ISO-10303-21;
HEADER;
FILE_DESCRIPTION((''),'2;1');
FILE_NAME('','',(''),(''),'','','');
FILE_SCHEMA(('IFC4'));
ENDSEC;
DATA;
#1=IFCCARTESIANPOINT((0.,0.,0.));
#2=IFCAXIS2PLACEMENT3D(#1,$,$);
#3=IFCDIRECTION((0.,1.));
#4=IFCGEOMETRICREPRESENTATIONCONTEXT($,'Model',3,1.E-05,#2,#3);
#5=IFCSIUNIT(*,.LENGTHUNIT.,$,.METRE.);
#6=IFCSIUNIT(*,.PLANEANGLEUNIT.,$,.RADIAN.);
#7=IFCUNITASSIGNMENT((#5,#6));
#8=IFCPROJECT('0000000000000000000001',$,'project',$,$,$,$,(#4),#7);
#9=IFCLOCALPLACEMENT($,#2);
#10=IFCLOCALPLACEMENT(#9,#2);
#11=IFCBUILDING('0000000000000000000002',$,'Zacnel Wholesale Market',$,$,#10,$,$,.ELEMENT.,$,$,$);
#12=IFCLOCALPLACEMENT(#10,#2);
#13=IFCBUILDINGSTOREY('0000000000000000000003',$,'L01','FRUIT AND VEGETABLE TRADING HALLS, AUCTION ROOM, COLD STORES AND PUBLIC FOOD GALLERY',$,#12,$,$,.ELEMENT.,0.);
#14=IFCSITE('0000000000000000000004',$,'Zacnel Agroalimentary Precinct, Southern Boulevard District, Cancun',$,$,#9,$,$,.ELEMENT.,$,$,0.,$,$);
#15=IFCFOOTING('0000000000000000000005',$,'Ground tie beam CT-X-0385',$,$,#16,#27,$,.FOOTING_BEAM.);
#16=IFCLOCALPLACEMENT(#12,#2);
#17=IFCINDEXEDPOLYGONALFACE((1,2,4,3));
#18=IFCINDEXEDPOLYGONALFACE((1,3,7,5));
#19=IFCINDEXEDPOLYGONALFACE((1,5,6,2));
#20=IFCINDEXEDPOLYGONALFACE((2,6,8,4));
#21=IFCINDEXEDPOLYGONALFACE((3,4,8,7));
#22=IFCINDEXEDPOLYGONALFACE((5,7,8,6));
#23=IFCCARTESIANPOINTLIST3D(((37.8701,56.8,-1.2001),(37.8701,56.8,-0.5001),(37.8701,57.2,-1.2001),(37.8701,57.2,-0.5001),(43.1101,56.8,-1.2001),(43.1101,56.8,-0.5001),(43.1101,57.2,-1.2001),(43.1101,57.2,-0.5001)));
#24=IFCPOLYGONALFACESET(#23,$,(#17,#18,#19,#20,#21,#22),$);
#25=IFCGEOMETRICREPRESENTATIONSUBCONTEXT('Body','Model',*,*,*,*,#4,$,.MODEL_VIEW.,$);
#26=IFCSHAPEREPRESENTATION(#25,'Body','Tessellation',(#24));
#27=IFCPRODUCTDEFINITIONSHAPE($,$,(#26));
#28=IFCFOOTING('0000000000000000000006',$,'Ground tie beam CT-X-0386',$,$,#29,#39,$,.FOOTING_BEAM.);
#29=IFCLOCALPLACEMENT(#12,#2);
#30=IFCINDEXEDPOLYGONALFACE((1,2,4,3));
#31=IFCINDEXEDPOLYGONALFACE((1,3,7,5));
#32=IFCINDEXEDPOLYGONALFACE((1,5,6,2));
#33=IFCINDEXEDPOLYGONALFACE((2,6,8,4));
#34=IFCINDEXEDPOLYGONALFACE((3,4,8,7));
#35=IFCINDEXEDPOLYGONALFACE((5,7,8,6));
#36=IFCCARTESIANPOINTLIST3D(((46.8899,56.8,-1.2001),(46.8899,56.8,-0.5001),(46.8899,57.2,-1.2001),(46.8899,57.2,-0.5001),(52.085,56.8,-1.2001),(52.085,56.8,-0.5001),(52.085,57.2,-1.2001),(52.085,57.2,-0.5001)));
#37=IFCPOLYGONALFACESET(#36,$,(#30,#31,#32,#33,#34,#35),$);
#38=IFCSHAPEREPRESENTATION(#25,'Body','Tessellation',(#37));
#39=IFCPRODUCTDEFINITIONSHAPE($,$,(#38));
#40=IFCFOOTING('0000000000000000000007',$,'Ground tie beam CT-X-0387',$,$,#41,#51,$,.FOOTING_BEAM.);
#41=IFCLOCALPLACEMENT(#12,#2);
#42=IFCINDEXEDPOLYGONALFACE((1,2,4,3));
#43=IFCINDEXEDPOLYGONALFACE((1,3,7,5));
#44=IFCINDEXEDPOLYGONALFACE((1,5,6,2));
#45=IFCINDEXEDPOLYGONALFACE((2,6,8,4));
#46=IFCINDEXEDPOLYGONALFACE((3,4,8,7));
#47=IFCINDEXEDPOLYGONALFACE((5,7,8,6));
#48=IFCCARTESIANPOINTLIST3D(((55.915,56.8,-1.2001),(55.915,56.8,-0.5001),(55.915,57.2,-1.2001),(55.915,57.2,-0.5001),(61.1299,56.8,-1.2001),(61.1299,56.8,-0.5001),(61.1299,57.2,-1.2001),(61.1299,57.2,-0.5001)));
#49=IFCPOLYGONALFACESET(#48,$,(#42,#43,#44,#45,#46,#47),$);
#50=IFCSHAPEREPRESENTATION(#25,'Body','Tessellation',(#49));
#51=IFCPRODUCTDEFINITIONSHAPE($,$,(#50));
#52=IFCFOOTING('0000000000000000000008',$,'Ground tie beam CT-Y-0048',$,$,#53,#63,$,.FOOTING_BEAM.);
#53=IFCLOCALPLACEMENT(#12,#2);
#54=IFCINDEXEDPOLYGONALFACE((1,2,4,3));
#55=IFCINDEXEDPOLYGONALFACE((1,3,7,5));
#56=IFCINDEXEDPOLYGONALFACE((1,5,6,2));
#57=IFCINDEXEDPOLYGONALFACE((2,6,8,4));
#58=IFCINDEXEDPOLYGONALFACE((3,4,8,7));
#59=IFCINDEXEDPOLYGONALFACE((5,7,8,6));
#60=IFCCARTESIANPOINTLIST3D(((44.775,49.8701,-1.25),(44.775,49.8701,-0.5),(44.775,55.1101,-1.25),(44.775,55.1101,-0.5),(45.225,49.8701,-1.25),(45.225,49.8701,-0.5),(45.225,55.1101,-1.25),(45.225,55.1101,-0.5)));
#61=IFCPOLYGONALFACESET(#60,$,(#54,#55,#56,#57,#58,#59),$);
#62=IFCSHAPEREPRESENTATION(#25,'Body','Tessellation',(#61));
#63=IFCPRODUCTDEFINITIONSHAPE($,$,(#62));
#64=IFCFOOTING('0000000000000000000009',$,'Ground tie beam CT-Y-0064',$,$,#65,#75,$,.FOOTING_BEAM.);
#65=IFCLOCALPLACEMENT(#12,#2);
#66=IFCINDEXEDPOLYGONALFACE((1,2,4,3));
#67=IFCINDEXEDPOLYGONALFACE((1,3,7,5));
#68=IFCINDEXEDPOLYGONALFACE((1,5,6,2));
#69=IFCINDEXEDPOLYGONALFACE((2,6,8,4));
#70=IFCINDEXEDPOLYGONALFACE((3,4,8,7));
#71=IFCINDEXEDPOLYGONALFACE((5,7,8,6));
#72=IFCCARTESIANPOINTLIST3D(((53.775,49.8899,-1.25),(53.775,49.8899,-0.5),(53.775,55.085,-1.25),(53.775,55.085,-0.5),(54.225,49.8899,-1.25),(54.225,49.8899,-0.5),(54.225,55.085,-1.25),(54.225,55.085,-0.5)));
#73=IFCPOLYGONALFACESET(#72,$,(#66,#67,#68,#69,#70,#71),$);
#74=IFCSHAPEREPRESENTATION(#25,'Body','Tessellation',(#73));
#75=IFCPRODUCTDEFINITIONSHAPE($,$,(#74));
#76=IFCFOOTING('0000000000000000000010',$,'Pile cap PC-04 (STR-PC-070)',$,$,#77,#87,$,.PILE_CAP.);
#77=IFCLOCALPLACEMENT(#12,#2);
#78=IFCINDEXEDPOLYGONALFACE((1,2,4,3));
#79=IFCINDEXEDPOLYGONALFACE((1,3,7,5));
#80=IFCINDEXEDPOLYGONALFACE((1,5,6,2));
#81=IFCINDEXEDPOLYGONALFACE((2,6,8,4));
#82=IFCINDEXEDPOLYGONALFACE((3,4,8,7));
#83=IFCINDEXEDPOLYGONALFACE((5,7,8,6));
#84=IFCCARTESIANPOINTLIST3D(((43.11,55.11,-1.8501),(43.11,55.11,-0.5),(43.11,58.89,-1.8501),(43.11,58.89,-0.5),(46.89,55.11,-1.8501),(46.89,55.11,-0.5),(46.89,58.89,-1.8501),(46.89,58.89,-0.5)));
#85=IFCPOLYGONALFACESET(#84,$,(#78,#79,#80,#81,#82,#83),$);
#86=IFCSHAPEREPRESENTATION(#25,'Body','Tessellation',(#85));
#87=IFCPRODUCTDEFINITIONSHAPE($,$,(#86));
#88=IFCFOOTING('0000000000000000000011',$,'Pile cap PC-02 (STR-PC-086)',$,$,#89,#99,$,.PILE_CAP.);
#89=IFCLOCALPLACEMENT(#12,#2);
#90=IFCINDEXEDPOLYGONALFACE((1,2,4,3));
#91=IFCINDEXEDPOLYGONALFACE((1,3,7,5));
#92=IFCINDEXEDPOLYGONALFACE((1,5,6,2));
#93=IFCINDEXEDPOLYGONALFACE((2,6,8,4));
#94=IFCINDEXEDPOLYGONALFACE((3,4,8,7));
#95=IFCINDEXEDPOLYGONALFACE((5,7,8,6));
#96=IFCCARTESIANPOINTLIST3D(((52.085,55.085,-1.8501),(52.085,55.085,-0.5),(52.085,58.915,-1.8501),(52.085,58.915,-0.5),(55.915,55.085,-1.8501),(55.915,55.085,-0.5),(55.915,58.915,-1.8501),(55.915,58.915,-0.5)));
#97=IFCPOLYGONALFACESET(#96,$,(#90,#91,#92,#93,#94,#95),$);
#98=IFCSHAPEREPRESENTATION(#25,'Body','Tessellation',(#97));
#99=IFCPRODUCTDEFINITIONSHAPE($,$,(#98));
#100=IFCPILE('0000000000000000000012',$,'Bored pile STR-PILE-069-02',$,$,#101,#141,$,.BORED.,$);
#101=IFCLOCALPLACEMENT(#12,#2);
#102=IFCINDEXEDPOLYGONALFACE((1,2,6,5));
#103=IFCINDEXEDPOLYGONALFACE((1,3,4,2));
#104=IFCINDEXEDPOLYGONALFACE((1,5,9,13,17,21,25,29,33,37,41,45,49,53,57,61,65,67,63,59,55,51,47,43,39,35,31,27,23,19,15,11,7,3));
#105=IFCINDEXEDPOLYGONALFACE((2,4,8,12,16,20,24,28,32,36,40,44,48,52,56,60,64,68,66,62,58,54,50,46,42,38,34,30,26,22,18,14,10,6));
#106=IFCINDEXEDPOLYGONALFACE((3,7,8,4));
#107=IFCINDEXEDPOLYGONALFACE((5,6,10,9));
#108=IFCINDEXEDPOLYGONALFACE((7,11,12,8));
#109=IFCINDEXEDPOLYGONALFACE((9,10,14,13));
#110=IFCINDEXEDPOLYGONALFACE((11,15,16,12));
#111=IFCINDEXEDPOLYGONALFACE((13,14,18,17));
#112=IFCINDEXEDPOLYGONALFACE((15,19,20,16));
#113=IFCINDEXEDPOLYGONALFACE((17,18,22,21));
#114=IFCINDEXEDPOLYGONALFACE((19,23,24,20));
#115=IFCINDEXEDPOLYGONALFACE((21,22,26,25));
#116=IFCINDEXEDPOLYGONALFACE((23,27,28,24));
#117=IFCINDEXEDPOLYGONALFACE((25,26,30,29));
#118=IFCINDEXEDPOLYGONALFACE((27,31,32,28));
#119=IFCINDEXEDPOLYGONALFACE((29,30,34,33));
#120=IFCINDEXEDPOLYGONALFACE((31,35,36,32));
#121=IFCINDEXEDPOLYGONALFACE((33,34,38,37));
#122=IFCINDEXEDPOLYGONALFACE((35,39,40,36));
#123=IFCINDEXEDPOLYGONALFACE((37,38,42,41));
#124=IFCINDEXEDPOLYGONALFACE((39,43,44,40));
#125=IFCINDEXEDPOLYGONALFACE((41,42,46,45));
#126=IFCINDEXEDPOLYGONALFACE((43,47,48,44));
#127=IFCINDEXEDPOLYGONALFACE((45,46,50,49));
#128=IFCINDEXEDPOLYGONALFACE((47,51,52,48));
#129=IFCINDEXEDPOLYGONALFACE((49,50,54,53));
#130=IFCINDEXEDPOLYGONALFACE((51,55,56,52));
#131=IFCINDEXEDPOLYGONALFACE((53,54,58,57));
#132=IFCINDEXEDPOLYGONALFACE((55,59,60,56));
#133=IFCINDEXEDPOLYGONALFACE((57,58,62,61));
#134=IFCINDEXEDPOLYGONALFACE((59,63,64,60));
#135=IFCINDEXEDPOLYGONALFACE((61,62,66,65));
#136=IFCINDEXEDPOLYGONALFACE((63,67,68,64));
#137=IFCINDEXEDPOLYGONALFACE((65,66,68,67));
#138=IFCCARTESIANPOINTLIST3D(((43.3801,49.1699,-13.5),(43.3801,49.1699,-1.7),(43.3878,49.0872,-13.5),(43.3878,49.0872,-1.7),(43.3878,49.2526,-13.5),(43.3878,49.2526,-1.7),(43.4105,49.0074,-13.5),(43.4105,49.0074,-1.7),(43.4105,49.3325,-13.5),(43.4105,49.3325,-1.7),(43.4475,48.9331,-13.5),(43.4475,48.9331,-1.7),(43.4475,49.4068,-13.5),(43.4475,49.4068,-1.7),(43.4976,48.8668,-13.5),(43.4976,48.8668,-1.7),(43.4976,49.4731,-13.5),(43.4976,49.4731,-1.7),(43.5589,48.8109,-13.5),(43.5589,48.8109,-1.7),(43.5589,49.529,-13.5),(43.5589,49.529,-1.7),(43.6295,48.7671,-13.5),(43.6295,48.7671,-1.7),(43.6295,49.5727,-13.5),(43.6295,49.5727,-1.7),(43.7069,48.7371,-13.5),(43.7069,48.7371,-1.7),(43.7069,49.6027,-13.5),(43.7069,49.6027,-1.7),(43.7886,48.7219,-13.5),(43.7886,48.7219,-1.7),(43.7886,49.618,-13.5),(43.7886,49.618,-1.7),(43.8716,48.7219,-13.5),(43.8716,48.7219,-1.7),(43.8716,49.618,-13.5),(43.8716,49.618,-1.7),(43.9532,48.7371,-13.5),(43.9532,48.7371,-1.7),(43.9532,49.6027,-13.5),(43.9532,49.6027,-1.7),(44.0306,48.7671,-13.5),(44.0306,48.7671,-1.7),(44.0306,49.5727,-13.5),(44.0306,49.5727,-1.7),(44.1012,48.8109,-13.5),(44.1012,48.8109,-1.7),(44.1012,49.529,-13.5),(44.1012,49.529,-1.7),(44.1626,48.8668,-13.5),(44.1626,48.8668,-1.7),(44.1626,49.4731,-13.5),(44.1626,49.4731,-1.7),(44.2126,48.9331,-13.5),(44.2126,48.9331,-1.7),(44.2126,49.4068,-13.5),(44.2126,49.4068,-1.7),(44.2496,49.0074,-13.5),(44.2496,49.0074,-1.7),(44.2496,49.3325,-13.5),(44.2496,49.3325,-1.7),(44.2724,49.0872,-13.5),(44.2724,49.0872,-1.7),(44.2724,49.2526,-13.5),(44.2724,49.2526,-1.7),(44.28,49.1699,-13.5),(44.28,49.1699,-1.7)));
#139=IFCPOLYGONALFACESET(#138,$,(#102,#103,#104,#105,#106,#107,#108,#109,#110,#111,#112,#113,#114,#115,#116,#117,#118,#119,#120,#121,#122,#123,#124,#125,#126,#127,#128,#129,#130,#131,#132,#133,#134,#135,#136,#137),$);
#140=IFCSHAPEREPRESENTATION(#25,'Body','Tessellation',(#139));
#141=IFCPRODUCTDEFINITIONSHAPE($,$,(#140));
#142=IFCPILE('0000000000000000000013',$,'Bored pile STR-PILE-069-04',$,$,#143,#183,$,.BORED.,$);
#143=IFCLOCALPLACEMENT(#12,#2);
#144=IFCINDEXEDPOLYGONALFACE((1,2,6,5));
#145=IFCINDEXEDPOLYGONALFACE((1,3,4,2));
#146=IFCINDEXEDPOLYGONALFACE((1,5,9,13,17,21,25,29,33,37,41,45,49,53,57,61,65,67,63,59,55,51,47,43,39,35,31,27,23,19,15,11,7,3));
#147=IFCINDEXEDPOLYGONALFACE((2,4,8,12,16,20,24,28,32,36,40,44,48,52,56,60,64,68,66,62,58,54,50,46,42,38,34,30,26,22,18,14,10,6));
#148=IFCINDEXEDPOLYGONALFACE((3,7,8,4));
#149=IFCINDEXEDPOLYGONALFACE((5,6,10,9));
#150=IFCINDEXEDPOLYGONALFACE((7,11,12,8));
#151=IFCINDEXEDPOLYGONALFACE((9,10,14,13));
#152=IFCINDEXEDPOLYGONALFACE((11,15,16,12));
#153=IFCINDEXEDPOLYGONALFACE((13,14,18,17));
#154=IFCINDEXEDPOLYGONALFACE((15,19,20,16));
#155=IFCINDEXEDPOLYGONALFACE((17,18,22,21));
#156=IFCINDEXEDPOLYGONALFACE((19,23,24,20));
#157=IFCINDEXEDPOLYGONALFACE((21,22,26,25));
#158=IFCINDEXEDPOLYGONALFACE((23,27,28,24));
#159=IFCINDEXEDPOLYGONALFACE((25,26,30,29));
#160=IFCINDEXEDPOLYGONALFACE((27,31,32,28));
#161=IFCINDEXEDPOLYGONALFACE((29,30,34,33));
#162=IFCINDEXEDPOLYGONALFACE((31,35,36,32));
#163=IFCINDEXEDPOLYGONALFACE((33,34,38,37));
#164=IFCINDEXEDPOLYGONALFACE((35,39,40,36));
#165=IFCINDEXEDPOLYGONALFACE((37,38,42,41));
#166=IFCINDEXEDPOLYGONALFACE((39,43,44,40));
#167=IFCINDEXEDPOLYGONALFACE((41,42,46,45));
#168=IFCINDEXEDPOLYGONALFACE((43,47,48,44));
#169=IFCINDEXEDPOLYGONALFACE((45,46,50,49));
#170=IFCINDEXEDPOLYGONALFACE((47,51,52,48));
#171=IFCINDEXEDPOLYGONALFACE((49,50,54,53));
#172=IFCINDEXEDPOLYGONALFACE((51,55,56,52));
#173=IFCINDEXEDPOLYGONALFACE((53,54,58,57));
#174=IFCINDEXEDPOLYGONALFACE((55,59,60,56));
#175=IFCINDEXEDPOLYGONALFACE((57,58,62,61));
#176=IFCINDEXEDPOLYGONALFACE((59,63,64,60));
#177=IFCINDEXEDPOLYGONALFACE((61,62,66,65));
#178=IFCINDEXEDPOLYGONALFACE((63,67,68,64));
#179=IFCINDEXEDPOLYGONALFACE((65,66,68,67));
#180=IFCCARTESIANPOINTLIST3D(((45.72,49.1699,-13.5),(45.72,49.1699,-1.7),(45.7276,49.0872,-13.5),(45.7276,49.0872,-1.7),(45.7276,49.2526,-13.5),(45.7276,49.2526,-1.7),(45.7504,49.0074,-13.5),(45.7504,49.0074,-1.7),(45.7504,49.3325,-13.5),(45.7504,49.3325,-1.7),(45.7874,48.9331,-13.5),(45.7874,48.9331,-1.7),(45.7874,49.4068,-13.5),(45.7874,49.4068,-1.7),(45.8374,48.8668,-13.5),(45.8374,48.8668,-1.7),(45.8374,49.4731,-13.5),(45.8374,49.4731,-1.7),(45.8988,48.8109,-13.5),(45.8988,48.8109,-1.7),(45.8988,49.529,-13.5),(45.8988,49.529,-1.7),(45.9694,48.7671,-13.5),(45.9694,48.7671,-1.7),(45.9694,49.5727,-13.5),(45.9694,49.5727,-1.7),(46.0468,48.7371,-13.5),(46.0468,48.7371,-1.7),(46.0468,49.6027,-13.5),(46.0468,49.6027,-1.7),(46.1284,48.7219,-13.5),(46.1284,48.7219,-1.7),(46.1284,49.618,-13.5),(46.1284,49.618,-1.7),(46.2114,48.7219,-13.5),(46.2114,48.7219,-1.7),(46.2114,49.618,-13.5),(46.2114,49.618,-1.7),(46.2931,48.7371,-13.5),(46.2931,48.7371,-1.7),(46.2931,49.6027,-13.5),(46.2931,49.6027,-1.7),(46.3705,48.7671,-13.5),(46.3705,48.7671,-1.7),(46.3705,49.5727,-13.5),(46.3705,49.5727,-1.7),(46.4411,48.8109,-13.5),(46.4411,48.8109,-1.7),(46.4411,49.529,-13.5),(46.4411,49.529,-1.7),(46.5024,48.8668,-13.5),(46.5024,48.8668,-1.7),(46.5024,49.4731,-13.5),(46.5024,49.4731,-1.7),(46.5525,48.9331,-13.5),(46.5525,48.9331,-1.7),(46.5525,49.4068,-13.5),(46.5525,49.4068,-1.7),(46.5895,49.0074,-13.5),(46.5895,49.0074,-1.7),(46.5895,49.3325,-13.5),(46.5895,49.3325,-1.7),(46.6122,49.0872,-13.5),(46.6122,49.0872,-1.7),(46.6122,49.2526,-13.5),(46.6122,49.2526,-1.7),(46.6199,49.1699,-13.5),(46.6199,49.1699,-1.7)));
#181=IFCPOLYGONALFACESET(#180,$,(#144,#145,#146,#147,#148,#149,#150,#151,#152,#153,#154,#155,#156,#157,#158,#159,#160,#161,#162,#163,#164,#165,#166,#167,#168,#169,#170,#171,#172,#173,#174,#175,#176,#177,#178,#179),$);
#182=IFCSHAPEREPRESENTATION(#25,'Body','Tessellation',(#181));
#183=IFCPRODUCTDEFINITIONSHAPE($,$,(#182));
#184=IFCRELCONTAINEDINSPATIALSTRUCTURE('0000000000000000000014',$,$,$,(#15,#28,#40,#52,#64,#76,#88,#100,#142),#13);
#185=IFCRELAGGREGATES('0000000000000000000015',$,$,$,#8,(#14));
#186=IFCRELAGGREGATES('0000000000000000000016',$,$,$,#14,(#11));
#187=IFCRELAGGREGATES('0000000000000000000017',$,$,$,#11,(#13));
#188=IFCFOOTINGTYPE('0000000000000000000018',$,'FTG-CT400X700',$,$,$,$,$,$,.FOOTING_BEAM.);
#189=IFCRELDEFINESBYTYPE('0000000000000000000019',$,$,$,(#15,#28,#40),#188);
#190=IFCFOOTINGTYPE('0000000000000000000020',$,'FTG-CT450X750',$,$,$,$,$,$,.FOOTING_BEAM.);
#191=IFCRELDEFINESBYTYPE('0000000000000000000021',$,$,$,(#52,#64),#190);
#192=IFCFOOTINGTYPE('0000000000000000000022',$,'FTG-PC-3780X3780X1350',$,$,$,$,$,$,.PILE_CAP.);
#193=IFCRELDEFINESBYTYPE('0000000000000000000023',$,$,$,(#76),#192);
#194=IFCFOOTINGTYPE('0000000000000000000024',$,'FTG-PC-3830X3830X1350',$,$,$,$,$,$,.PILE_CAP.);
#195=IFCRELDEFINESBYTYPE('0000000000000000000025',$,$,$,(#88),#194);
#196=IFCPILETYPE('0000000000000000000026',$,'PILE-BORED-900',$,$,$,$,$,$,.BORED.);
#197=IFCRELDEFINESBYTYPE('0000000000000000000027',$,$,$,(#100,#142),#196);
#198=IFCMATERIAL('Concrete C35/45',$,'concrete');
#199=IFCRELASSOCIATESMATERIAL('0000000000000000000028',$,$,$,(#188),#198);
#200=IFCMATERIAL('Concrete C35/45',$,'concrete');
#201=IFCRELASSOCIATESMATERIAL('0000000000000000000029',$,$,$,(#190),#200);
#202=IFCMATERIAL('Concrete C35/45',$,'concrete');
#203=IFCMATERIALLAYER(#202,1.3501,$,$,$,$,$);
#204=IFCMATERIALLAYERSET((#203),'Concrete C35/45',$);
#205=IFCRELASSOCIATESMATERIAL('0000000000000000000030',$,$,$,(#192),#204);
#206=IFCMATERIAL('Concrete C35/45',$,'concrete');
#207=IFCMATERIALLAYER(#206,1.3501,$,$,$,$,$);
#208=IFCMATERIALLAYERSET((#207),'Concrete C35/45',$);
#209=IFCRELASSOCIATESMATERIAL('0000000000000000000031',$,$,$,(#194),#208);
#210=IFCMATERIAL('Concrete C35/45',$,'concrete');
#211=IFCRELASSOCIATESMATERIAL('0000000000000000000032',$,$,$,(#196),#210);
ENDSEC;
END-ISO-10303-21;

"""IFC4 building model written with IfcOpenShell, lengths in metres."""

from ifc_helpers import new_model, si_unit, direction, frame, origin, origin_2d, place, context, subcontext, project, spatial, rectangle, circle, extrude, material, layer, layer_set, material_profile, profile_set, type_object, element, save


model = new_model("IFC4")

# Units and contexts
model_context = context("Model", 3, precision=1e-05, world=origin(), true_north=direction((0.0, 1.0)))
body_context = subcontext(model_context, "Body", "Model", "MODEL_VIEW")
ifc_project = project(units=[si_unit("LENGTHUNIT", "METRE"), si_unit("PLANEANGLEUNIT", "RADIAN")], contexts=[model_context])

# Site, building, storey
site_placement = place(None, origin())
site = spatial("IfcSite", under=ifc_project, at=site_placement, Name="Zacnel Agroalimentary Precinct, Southern Boulevard District, Cancun", CompositionType="ELEMENT", RefElevation=0.0)
building_placement = place(site_placement, origin())
building = spatial("IfcBuilding", under=site, at=building_placement, Name="Zacnel Wholesale Market", CompositionType="ELEMENT")
storey_placement = place(building_placement, origin())
storey = spatial("IfcBuildingStorey", under=building, at=storey_placement, Name="L01", Description="FRUIT AND VEGETABLE TRADING HALLS, AUCTION ROOM, COLD STORES AND PUBLIC FOOD GALLERY", CompositionType="ELEMENT", Elevation=0.0)

# Footings
ifc_material_1 = material(Name="Concrete C35/45", Category="concrete")
ifc_material_profile_1 = material_profile(ifc_material_1, rectangle(XDim=0.3999, YDim=0.7, at=origin_2d()), Name="CT 400x700")
ifc_profile_set_1 = profile_set([ifc_material_profile_1], Name="Concrete C35/45")
footing_type_1 = type_object("IfcFootingType", Name="FTG-CT400X700", PredefinedType="FOOTING_BEAM", material=ifc_profile_set_1)
footing_1_placement = place(storey_placement, frame((37.8701, 57.0, -0.8501), z_axis=(1.0, 0.0, 0.0), x_axis=(0.0, 1.0, 0.0)))
element("IfcFooting", 1, at=footing_1_placement, inside=storey, type_object=footing_type_1, Name="Ground tie beam CT-X-0385", PredefinedType="FOOTING_BEAM", context=body_context, shape_type="SweptSolid", body=[
    extrude(rectangle(XDim=0.3999, YDim=0.7, at=origin_2d()), origin(), (0.0, 0.0, 1.0), 5.24),
])
footing_2_placement = place(storey_placement, frame((46.8899, 57.0, -0.8501), z_axis=(1.0, 0.0, 0.0), x_axis=(0.0, 1.0, 0.0)))
element("IfcFooting", 2, at=footing_2_placement, inside=storey, type_object=footing_type_1, Name="Ground tie beam CT-X-0386", PredefinedType="FOOTING_BEAM", context=body_context, shape_type="SweptSolid", body=[
    extrude(rectangle(XDim=0.3999, YDim=0.7, at=origin_2d()), origin(), (0.0, 0.0, 1.0), 5.1951),
])
footing_3_placement = place(storey_placement, frame((55.915, 57.0, -0.8501), z_axis=(1.0, 0.0, 0.0), x_axis=(0.0, 1.0, 0.0)))
element("IfcFooting", 3, at=footing_3_placement, inside=storey, type_object=footing_type_1, Name="Ground tie beam CT-X-0387", PredefinedType="FOOTING_BEAM", context=body_context, shape_type="SweptSolid", body=[
    extrude(rectangle(XDim=0.3999, YDim=0.7, at=origin_2d()), origin(), (0.0, 0.0, 1.0), 5.2148),
])
ifc_material_2 = material(Name="Concrete C35/45", Category="concrete")
ifc_material_profile_2 = material_profile(ifc_material_2, rectangle(XDim=0.45, YDim=0.75, at=origin_2d()), Name="CT 450x750")
ifc_profile_set_2 = profile_set([ifc_material_profile_2], Name="Concrete C35/45")
footing_type_2 = type_object("IfcFootingType", Name="FTG-CT450X750", PredefinedType="FOOTING_BEAM", material=ifc_profile_set_2)
footing_4_placement = place(storey_placement, frame((45.0, 49.8701, -0.875), z_axis=(0.0, 1.0, 0.0), x_axis=(-1.0, 0.0, 0.0)))
element("IfcFooting", 4, at=footing_4_placement, inside=storey, type_object=footing_type_2, Name="Ground tie beam CT-Y-0048", PredefinedType="FOOTING_BEAM", context=body_context, shape_type="SweptSolid", body=[
    extrude(rectangle(XDim=0.45, YDim=0.75, at=origin_2d()), origin(), (0.0, 0.0, 1.0), 5.24),
])
footing_5_placement = place(storey_placement, frame((54.0, 49.8899, -0.875), z_axis=(0.0, 1.0, 0.0), x_axis=(-1.0, 0.0, 0.0)))
element("IfcFooting", 5, at=footing_5_placement, inside=storey, type_object=footing_type_2, Name="Ground tie beam CT-Y-0064", PredefinedType="FOOTING_BEAM", context=body_context, shape_type="SweptSolid", body=[
    extrude(rectangle(XDim=0.45, YDim=0.75, at=origin_2d()), origin(), (0.0, 0.0, 1.0), 5.1951),
])
ifc_material_3 = material(Name="Concrete C35/45", Category="concrete")
ifc_layer_1 = layer(ifc_material_3, 1.3501)
ifc_layer_set_1 = layer_set([ifc_layer_1], Name="Concrete C35/45")
footing_type_3 = type_object("IfcFootingType", Name="FTG-PC-3780X3780X1350", PredefinedType="PILE_CAP", material=ifc_layer_set_1)
footing_6_placement = place(storey_placement, frame((45.0, 57.0, -1.8501), z_axis=(0.0, 0.0, 1.0), x_axis=(1.0, 0.0, 0.0)))
element("IfcFooting", 6, at=footing_6_placement, inside=storey, type_object=footing_type_3, Name="Pile cap PC-04 (STR-PC-070)", PredefinedType="PILE_CAP", context=body_context, shape_type="SweptSolid", body=[
    extrude(rectangle(XDim=3.78, YDim=3.78, at=origin_2d()), origin(), (0.0, 0.0, 1.0), 1.3501),
])
ifc_material_4 = material(Name="Concrete C35/45", Category="concrete")
ifc_layer_2 = layer(ifc_material_4, 1.3501)
ifc_layer_set_2 = layer_set([ifc_layer_2], Name="Concrete C35/45")
footing_type_4 = type_object("IfcFootingType", Name="FTG-PC-3830X3830X1350", PredefinedType="PILE_CAP", material=ifc_layer_set_2)
footing_7_placement = place(storey_placement, frame((54.0, 57.0, -1.8501), z_axis=(0.0, 0.0, 1.0), x_axis=(1.0, 0.0, 0.0)))
element("IfcFooting", 7, at=footing_7_placement, inside=storey, type_object=footing_type_4, Name="Pile cap PC-02 (STR-PC-086)", PredefinedType="PILE_CAP", context=body_context, shape_type="SweptSolid", body=[
    extrude(rectangle(XDim=3.8301, YDim=3.8301, at=origin_2d()), origin(), (0.0, 0.0, 1.0), 1.3501),
])

# Piles
ifc_material_5 = material(Name="Concrete C35/45", Category="concrete")
ifc_material_profile_3 = material_profile(ifc_material_5, circle(Radius=0.45, at=origin_2d()), Name="BORED PILE D900")
ifc_profile_set_3 = profile_set([ifc_material_profile_3], Name="Concrete C35/45")
pile_type = type_object("IfcPileType", Name="PILE-BORED-900", PredefinedType="BORED", material=ifc_profile_set_3)
for number, where, z_axis, x_axis, name in (
    (8, (43.8301, 49.1699, -1.7), (0.0, 0.0, -1.0), (1.0, 0.0, 0.0), "Bored pile STR-PILE-069-02"),
    (9, (46.1699, 49.1699, -1.7), (0.0, 0.0, -1.0), (1.0, 0.0, 0.0), "Bored pile STR-PILE-069-04"),
):
    element("IfcPile", number, at=place(storey_placement, frame(where, z_axis=z_axis, x_axis=x_axis)), inside=storey, type_object=pile_type, Name=name, PredefinedType="BORED", context=body_context, shape_type="SweptSolid", body=[
        extrude(circle(Radius=0.45, at=origin_2d()), origin(), (0.0, 0.0, 1.0), 11.8),
    ])

save(model, "model.ifc")
